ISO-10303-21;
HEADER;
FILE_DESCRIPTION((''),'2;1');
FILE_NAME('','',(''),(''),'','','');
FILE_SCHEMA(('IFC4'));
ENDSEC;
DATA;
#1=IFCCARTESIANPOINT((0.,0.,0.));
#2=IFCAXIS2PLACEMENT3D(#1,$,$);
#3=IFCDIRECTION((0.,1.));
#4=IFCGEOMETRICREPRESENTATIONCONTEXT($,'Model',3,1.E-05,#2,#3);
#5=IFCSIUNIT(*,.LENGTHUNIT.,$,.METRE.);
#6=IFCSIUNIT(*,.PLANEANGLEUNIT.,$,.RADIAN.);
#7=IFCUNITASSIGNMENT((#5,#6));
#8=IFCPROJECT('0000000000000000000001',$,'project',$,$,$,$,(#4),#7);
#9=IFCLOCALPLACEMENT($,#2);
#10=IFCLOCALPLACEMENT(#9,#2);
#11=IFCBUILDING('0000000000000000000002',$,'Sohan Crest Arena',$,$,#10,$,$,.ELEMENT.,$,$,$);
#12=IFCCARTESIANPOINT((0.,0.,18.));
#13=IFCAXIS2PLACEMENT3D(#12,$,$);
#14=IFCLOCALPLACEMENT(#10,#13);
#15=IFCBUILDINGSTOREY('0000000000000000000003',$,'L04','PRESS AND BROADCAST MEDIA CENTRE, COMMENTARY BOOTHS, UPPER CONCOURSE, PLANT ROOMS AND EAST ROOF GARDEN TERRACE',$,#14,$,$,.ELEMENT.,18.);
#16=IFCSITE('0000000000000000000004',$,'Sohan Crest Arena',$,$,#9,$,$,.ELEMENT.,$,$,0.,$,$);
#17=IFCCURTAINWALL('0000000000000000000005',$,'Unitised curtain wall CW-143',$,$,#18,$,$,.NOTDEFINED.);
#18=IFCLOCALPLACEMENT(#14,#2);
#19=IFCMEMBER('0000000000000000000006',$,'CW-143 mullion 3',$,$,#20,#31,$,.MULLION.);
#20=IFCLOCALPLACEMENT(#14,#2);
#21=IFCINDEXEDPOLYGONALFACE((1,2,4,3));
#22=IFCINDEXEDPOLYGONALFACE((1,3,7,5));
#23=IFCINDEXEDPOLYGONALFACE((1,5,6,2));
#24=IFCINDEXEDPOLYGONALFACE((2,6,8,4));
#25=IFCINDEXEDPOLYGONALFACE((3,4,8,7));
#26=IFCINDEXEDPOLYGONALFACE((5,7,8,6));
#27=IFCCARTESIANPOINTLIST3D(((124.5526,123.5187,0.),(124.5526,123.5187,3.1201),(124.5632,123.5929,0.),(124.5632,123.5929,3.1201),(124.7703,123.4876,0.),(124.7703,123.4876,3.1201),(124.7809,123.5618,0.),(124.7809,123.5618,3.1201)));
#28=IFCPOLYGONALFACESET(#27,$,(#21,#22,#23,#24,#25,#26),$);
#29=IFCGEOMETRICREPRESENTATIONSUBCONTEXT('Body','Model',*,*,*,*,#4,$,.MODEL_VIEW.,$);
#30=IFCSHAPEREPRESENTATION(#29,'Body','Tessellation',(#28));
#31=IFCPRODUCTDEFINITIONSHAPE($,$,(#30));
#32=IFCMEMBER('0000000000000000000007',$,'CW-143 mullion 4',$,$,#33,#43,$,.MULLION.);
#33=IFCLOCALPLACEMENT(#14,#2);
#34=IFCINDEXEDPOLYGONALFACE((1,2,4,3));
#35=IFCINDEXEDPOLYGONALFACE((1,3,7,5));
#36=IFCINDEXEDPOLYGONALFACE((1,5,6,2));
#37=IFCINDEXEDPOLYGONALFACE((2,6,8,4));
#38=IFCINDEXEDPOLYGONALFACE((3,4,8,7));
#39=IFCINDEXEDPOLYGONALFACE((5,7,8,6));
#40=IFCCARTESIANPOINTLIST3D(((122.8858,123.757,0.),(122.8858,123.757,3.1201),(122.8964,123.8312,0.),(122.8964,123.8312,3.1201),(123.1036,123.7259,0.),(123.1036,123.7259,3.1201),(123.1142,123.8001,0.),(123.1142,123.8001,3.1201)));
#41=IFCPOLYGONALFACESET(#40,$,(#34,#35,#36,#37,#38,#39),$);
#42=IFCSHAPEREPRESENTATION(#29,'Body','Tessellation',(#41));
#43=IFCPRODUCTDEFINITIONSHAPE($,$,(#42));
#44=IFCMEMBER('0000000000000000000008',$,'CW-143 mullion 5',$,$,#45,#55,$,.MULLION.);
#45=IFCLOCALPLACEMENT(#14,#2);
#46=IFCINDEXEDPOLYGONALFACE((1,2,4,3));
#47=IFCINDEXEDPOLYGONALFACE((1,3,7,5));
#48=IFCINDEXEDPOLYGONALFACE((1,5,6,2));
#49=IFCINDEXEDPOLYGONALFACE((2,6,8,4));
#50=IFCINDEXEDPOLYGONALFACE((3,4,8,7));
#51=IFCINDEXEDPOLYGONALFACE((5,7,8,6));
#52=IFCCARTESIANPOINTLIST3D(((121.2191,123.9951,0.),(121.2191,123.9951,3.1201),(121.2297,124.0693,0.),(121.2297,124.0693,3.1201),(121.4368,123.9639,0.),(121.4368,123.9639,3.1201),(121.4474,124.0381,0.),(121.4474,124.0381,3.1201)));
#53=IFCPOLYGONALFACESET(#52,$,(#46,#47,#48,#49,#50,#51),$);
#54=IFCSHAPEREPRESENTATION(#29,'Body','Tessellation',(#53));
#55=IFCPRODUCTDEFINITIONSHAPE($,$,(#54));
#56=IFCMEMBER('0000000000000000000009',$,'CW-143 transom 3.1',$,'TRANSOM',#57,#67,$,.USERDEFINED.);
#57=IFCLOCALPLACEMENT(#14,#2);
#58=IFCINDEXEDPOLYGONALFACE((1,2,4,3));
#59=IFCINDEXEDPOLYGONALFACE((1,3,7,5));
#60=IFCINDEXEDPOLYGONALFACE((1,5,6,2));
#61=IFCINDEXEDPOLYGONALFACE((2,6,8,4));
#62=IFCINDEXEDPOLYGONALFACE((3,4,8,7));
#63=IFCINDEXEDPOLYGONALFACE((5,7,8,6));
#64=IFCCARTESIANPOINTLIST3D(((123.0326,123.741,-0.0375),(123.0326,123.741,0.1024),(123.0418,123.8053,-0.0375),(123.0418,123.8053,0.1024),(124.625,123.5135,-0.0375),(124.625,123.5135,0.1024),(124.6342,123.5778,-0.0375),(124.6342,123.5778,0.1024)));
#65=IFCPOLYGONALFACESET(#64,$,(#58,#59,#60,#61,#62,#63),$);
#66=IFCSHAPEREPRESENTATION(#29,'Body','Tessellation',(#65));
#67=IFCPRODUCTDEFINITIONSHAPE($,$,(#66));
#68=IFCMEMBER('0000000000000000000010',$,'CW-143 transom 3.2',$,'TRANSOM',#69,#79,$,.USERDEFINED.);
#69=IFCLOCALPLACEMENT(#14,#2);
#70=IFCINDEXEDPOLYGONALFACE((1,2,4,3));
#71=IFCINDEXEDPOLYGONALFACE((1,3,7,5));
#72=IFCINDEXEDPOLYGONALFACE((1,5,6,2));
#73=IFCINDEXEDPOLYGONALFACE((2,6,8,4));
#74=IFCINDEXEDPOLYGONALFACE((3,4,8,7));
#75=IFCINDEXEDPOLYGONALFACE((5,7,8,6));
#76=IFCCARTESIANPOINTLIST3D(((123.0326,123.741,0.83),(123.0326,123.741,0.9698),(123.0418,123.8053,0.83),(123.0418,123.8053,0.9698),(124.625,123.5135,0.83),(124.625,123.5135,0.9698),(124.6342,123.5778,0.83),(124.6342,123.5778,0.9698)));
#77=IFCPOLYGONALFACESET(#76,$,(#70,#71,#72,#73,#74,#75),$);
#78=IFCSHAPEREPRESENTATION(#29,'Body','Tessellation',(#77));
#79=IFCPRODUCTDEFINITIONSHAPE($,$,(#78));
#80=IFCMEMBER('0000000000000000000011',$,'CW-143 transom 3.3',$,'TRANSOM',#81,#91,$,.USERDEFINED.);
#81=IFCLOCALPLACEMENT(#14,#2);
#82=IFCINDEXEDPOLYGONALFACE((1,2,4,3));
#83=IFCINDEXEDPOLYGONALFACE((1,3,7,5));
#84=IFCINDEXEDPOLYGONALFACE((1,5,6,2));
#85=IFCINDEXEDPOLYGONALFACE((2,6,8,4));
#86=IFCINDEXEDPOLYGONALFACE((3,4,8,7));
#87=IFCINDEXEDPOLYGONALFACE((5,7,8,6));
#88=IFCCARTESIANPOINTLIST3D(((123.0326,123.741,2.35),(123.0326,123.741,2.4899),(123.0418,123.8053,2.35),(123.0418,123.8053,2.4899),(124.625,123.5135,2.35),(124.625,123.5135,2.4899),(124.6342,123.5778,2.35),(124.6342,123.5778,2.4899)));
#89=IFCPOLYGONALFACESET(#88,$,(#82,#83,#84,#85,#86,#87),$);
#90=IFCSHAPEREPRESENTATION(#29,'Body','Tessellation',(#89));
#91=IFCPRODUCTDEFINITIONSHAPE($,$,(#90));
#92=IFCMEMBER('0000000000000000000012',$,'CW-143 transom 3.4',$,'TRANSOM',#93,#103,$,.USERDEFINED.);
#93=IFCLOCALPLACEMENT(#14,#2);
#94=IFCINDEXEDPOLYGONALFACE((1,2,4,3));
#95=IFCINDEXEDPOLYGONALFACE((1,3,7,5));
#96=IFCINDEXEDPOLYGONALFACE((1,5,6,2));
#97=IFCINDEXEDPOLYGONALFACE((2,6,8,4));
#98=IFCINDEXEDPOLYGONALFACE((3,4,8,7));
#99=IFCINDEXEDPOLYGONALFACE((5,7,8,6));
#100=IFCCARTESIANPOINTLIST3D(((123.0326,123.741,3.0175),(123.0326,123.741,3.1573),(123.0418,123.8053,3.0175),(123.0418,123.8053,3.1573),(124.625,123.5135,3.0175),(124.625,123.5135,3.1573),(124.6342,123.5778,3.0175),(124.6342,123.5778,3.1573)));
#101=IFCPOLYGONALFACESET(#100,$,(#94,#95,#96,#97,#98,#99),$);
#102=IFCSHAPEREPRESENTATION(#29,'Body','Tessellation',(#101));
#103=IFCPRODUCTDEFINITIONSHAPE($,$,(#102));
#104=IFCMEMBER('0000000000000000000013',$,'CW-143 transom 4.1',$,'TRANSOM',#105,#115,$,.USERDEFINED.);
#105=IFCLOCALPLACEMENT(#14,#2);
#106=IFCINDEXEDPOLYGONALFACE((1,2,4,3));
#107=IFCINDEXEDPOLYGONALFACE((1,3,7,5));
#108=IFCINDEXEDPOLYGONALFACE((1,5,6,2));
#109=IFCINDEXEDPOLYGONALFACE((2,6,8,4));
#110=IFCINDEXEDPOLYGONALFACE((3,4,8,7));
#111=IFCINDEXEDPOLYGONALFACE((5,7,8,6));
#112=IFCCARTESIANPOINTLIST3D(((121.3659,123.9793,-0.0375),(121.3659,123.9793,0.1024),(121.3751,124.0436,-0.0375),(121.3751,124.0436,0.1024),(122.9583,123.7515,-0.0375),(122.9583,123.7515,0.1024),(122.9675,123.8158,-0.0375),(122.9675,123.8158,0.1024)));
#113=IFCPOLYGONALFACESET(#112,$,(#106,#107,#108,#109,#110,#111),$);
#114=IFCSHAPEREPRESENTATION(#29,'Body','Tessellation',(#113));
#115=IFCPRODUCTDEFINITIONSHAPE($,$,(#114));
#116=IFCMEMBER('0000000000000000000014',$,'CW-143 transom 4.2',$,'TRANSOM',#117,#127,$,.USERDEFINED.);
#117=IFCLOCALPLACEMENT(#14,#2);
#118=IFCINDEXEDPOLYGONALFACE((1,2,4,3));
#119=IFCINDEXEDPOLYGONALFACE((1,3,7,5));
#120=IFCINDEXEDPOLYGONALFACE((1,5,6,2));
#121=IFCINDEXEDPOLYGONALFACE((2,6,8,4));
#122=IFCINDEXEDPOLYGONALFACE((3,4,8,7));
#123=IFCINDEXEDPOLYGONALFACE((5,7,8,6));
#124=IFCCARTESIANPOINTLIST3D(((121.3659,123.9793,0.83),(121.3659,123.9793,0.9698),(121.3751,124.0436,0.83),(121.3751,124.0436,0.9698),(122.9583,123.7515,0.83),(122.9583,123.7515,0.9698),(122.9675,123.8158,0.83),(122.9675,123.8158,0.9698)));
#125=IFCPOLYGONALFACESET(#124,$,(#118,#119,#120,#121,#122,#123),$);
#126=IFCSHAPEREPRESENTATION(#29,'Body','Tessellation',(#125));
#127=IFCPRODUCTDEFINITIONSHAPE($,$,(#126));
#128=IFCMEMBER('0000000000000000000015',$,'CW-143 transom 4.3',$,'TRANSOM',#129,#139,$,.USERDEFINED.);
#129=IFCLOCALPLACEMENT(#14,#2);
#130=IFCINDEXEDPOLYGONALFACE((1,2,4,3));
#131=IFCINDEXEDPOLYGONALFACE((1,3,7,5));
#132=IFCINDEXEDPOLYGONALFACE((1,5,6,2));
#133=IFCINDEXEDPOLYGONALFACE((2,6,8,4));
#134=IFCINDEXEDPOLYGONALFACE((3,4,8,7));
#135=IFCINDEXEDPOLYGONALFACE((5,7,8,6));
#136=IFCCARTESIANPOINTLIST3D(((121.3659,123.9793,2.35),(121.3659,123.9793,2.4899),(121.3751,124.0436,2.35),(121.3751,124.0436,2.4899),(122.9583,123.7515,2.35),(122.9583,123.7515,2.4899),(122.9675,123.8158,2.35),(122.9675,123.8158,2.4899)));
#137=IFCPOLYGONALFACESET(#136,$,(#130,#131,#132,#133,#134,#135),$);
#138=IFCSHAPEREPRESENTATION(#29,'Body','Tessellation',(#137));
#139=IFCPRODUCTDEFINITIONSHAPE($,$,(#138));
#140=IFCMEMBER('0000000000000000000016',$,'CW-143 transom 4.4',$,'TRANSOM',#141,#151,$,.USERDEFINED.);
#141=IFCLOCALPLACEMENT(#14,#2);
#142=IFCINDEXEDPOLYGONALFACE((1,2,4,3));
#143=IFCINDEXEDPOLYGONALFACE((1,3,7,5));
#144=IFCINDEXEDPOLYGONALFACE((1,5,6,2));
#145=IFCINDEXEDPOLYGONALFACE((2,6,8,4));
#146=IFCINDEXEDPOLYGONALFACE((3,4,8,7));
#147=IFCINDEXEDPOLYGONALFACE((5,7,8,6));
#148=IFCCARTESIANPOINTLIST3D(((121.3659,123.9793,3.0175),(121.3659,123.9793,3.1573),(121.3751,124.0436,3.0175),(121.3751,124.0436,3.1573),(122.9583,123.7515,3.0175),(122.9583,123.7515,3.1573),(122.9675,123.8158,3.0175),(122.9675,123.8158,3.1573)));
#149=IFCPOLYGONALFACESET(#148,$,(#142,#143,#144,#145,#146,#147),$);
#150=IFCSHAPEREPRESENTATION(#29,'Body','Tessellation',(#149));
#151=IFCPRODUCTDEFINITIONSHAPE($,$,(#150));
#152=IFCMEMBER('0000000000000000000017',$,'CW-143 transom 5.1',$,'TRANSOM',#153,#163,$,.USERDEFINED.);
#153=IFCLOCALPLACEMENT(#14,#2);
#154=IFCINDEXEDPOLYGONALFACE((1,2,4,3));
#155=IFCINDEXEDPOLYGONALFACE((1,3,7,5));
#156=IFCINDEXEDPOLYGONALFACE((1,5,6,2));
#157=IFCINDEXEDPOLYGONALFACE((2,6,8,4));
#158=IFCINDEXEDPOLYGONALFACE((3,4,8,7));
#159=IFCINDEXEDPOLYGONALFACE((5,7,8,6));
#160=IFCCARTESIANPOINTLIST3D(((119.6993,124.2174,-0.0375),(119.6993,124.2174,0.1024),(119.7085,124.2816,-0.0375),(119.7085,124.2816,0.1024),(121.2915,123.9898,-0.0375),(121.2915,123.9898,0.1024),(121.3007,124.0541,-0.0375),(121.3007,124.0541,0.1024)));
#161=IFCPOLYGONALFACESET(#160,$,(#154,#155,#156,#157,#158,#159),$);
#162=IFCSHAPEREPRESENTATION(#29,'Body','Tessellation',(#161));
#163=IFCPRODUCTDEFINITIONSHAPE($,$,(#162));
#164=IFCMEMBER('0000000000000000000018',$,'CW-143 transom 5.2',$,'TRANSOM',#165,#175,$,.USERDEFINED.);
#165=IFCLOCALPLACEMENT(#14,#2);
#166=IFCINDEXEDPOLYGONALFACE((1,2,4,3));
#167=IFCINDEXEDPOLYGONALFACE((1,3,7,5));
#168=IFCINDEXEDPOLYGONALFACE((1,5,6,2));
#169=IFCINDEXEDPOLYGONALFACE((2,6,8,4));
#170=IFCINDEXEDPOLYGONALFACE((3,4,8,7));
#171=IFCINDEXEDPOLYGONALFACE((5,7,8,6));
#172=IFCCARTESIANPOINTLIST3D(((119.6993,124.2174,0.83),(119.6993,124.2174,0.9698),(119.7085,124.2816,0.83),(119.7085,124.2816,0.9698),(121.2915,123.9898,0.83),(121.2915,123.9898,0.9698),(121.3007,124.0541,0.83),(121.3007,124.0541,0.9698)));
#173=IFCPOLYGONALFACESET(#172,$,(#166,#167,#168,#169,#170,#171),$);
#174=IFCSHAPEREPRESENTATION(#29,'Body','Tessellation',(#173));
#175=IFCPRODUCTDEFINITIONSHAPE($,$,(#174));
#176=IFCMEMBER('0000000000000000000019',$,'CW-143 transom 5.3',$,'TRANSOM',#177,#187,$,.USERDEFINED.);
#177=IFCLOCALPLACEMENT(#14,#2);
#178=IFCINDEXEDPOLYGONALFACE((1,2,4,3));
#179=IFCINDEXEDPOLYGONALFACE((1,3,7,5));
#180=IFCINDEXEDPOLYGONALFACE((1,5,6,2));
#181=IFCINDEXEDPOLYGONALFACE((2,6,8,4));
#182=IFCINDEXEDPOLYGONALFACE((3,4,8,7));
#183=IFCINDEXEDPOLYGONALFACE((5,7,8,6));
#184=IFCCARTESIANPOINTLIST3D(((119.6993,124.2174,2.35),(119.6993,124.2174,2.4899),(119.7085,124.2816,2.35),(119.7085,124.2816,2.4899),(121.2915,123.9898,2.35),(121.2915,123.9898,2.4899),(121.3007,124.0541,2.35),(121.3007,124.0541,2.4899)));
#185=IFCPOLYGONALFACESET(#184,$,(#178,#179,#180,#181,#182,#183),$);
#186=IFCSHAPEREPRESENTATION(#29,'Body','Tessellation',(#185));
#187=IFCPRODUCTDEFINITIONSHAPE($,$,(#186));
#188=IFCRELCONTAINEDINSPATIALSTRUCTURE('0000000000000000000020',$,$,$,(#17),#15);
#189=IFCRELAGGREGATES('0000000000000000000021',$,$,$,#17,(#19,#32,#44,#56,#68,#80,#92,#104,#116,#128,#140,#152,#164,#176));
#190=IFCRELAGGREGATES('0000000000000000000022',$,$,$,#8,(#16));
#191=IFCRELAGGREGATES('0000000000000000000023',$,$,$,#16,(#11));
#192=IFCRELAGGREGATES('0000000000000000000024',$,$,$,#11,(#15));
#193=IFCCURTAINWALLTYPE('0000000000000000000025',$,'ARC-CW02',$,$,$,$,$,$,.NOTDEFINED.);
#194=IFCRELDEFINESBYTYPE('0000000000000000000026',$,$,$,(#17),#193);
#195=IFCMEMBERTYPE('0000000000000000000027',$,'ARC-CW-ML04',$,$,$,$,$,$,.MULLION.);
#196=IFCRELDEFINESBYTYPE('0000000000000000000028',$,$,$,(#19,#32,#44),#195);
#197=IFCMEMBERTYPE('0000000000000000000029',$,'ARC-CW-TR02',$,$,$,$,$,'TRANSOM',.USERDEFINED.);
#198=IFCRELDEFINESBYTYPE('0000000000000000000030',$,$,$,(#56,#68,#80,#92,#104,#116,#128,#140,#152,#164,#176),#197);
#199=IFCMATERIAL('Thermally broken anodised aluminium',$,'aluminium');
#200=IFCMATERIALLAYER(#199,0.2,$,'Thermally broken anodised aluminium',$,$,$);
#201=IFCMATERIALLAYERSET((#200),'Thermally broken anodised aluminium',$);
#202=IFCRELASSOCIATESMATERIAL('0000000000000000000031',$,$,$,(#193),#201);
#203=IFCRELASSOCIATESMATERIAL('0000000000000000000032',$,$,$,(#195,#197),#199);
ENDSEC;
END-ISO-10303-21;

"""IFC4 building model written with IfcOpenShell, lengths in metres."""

from ifc_helpers import new_model, si_unit, direction, frame, origin, origin_2d, place, context, subcontext, project, spatial, rectangle, extrude, material, layer, layer_set, material_profile, profile_set, type_object, element, aggregate, save


model = new_model("IFC4")

# Units and contexts
model_context = context("Model", 3, precision=1e-05, world=origin(), true_north=direction((0.0, 1.0)))
body_context = subcontext(model_context, "Body", "Model", "MODEL_VIEW")
ifc_project = project(units=[si_unit("LENGTHUNIT", "METRE"), si_unit("PLANEANGLEUNIT", "RADIAN")], contexts=[model_context])

# Site, building, storey
site_placement = place(None, origin())
site = spatial("IfcSite", under=ifc_project, at=site_placement, Name="Sohan Crest Arena", CompositionType="ELEMENT", RefElevation=0.0)
building_placement = place(site_placement, origin())
building = spatial("IfcBuilding", under=site, at=building_placement, Name="Sohan Crest Arena", CompositionType="ELEMENT")
storey_placement = place(building_placement, frame((0.0, 0.0, 18.0)))
storey = spatial("IfcBuildingStorey", under=building, at=storey_placement, Name="L04", Description="PRESS AND BROADCAST MEDIA CENTRE, COMMENTARY BOOTHS, UPPER CONCOURSE, PLANT ROOMS AND EAST ROOF GARDEN TERRACE", CompositionType="ELEMENT", Elevation=18.0)

# Curtain wall, members
ifc_material_1 = material(Name="Thermally broken anodised aluminium", Category="aluminium")
ifc_layer_1 = layer(ifc_material_1, 0.2, Name="Thermally broken anodised aluminium")
ifc_layer_set_1 = layer_set([ifc_layer_1], Name="Thermally broken anodised aluminium")
curtain_wall_type = type_object("IfcCurtainWallType", Name="ARC-CW02", PredefinedType="NOTDEFINED", material=ifc_layer_set_1)
curtain_wall_placement = place(storey_placement, origin())
curtain_wall = element("IfcCurtainWall", 1, at=curtain_wall_placement, inside=storey, type_object=curtain_wall_type, Name="Unitised curtain wall CW-143", PredefinedType="NOTDEFINED")
ifc_material_profile_1 = material_profile(ifc_material_1, rectangle(XDim=0.075, YDim=0.22, at=origin_2d()), Name="ALU-MULL 75x220")
ifc_profile_set_1 = profile_set([ifc_material_profile_1], Name="Thermally broken anodised aluminium")
member_type_1 = type_object("IfcMemberType", Name="ARC-CW-ML04", PredefinedType="MULLION", material=ifc_profile_set_1)
member_1_placement = place(storey_placement, frame((124.6667, 123.5403, 0.0), z_axis=(0.0, 0.0, 1.0), x_axis=(-0.141463, -0.989944, 0.0)))
member_1 = element("IfcMember", 2, at=member_1_placement, type_object=member_type_1, Name="CW-143 mullion 3", PredefinedType="MULLION", context=body_context, shape_type="SweptSolid", body=[
    extrude(rectangle(XDim=0.075, YDim=0.22, at=origin_2d()), origin(), (0.0, 0.0, 1.0), 3.1201),
])
member_2_placement = place(storey_placement, frame((123.0, 123.7786, 0.0), z_axis=(0.0, 0.0, 1.0), x_axis=(-0.141463, -0.989944, 0.0)))
member_2 = element("IfcMember", 3, at=member_2_placement, type_object=member_type_1, Name="CW-143 mullion 4", PredefinedType="MULLION", context=body_context, shape_type="SweptSolid", body=[
    extrude(rectangle(XDim=0.075, YDim=0.22, at=origin_2d()), origin(), (0.0, 0.0, 1.0), 3.1201),
])
member_3_placement = place(storey_placement, frame((121.3333, 124.0166, 0.0), z_axis=(0.0, 0.0, 1.0), x_axis=(-0.141463, -0.989944, 0.0)))
member_3 = element("IfcMember", 4, at=member_3_placement, type_object=member_type_1, Name="CW-143 mullion 5", PredefinedType="MULLION", context=body_context, shape_type="SweptSolid", body=[
    extrude(rectangle(XDim=0.075, YDim=0.22, at=origin_2d()), origin(), (0.0, 0.0, 1.0), 3.1201),
])
ifc_material_profile_2 = material_profile(ifc_material_1, rectangle(XDim=0.0649, YDim=0.1399, at=origin_2d()), Name="ALU-TRAN 65x140")
ifc_profile_set_2 = profile_set([ifc_material_profile_2], Name="Thermally broken anodised aluminium")
member_type_2 = type_object("IfcMemberType", Name="ARC-CW-TR02", ElementType="TRANSOM", PredefinedType="USERDEFINED", material=ifc_profile_set_2)
member_4_placement = place(storey_placement, frame((124.6296, 123.5457, 0.0325), z_axis=(-0.989946, 0.141443, 0.0), x_axis=(-0.141443, -0.989946, 0.0)))
member_4 = element("IfcMember", 5, at=member_4_placement, type_object=member_type_2, Name="CW-143 transom 3.1", ObjectType="TRANSOM", PredefinedType="USERDEFINED", context=body_context, shape_type="SweptSolid", body=[
    extrude(rectangle(XDim=0.0649, YDim=0.1399, at=origin_2d()), origin(), (0.0, 0.0, 1.0), 1.6086),
])
member_5_placement = place(storey_placement, frame((124.6296, 123.5457, 0.8999), z_axis=(-0.989946, 0.141443, 0.0), x_axis=(-0.141443, -0.989946, 0.0)))
member_5 = element("IfcMember", 6, at=member_5_placement, type_object=member_type_2, Name="CW-143 transom 3.2", ObjectType="TRANSOM", PredefinedType="USERDEFINED", context=body_context, shape_type="SweptSolid", body=[
    extrude(rectangle(XDim=0.0649, YDim=0.1399, at=origin_2d()), origin(), (0.0, 0.0, 1.0), 1.6086),
])
member_6_placement = place(storey_placement, frame((124.6296, 123.5457, 2.4199), z_axis=(-0.989946, 0.141443, 0.0), x_axis=(-0.141443, -0.989946, 0.0)))
member_6 = element("IfcMember", 7, at=member_6_placement, type_object=member_type_2, Name="CW-143 transom 3.3", ObjectType="TRANSOM", PredefinedType="USERDEFINED", context=body_context, shape_type="SweptSolid", body=[
    extrude(rectangle(XDim=0.0649, YDim=0.1399, at=origin_2d()), origin(), (0.0, 0.0, 1.0), 1.6086),
])
member_7_placement = place(storey_placement, frame((124.6296, 123.5457, 3.0874), z_axis=(-0.989946, 0.141443, 0.0), x_axis=(-0.141443, -0.989946, 0.0)))
member_7 = element("IfcMember", 8, at=member_7_placement, type_object=member_type_2, Name="CW-143 transom 3.4", ObjectType="TRANSOM", PredefinedType="USERDEFINED", context=body_context, shape_type="SweptSolid", body=[
    extrude(rectangle(XDim=0.0649, YDim=0.1399, at=origin_2d()), origin(), (0.0, 0.0, 1.0), 1.6086),
])
member_8_placement = place(storey_placement, frame((122.9629, 123.7837, 0.0325), z_axis=(-0.989925, 0.141591, 0.0), x_axis=(-0.141591, -0.989925, 0.0)))
member_8 = element("IfcMember", 9, at=member_8_placement, type_object=member_type_2, Name="CW-143 transom 4.1", ObjectType="TRANSOM", PredefinedType="USERDEFINED", context=body_context, shape_type="SweptSolid", body=[
    extrude(rectangle(XDim=0.0649, YDim=0.1399, at=origin_2d()), origin(), (0.0, 0.0, 1.0), 1.6086),
])
member_9_placement = place(storey_placement, frame((122.9629, 123.7837, 0.8999), z_axis=(-0.989925, 0.141591, 0.0), x_axis=(-0.141591, -0.989925, 0.0)))
member_9 = element("IfcMember", 10, at=member_9_placement, type_object=member_type_2, Name="CW-143 transom 4.2", ObjectType="TRANSOM", PredefinedType="USERDEFINED", context=body_context, shape_type="SweptSolid", body=[
    extrude(rectangle(XDim=0.0649, YDim=0.1399, at=origin_2d()), origin(), (0.0, 0.0, 1.0), 1.6086),
])
member_10_placement = place(storey_placement, frame((122.9629, 123.7837, 2.4199), z_axis=(-0.989925, 0.141591, 0.0), x_axis=(-0.141591, -0.989925, 0.0)))
member_10 = element("IfcMember", 11, at=member_10_placement, type_object=member_type_2, Name="CW-143 transom 4.3", ObjectType="TRANSOM", PredefinedType="USERDEFINED", context=body_context, shape_type="SweptSolid", body=[
    extrude(rectangle(XDim=0.0649, YDim=0.1399, at=origin_2d()), origin(), (0.0, 0.0, 1.0), 1.6086),
])
member_11_placement = place(storey_placement, frame((122.9629, 123.7837, 3.0874), z_axis=(-0.989925, 0.141591, 0.0), x_axis=(-0.141591, -0.989925, 0.0)))
member_11 = element("IfcMember", 12, at=member_11_placement, type_object=member_type_2, Name="CW-143 transom 4.4", ObjectType="TRANSOM", PredefinedType="USERDEFINED", context=body_context, shape_type="SweptSolid", body=[
    extrude(rectangle(XDim=0.0649, YDim=0.1399, at=origin_2d()), origin(), (0.0, 0.0, 1.0), 1.6086),
])
member_12_placement = place(storey_placement, frame((121.2961, 124.022, 0.0325), z_axis=(-0.989943, 0.141464, 0.0), x_axis=(-0.141464, -0.989943, 0.0)))
member_12 = element("IfcMember", 13, at=member_12_placement, type_object=member_type_2, Name="CW-143 transom 5.1", ObjectType="TRANSOM", PredefinedType="USERDEFINED", context=body_context, shape_type="SweptSolid", body=[
    extrude(rectangle(XDim=0.0649, YDim=0.1399, at=origin_2d()), origin(), (0.0, 0.0, 1.0), 1.6084),
])
member_13_placement = place(storey_placement, frame((121.2961, 124.022, 0.8999), z_axis=(-0.989943, 0.141464, 0.0), x_axis=(-0.141464, -0.989943, 0.0)))
member_13 = element("IfcMember", 14, at=member_13_placement, type_object=member_type_2, Name="CW-143 transom 5.2", ObjectType="TRANSOM", PredefinedType="USERDEFINED", context=body_context, shape_type="SweptSolid", body=[
    extrude(rectangle(XDim=0.0649, YDim=0.1399, at=origin_2d()), origin(), (0.0, 0.0, 1.0), 1.6084),
])
member_14_placement = place(storey_placement, frame((121.2961, 124.022, 2.4199), z_axis=(-0.989943, 0.141464, 0.0), x_axis=(-0.141464, -0.989943, 0.0)))
member_14 = element("IfcMember", 15, at=member_14_placement, type_object=member_type_2, Name="CW-143 transom 5.3", ObjectType="TRANSOM", PredefinedType="USERDEFINED", context=body_context, shape_type="SweptSolid", body=[
    extrude(rectangle(XDim=0.0649, YDim=0.1399, at=origin_2d()), origin(), (0.0, 0.0, 1.0), 1.6084),
])
aggregate(curtain_wall, [member_1, member_2, member_3, member_4, member_5, member_6, member_7, member_8, member_9, member_10, member_11, member_12, member_13, member_14])

save(model, "model.ifc")
